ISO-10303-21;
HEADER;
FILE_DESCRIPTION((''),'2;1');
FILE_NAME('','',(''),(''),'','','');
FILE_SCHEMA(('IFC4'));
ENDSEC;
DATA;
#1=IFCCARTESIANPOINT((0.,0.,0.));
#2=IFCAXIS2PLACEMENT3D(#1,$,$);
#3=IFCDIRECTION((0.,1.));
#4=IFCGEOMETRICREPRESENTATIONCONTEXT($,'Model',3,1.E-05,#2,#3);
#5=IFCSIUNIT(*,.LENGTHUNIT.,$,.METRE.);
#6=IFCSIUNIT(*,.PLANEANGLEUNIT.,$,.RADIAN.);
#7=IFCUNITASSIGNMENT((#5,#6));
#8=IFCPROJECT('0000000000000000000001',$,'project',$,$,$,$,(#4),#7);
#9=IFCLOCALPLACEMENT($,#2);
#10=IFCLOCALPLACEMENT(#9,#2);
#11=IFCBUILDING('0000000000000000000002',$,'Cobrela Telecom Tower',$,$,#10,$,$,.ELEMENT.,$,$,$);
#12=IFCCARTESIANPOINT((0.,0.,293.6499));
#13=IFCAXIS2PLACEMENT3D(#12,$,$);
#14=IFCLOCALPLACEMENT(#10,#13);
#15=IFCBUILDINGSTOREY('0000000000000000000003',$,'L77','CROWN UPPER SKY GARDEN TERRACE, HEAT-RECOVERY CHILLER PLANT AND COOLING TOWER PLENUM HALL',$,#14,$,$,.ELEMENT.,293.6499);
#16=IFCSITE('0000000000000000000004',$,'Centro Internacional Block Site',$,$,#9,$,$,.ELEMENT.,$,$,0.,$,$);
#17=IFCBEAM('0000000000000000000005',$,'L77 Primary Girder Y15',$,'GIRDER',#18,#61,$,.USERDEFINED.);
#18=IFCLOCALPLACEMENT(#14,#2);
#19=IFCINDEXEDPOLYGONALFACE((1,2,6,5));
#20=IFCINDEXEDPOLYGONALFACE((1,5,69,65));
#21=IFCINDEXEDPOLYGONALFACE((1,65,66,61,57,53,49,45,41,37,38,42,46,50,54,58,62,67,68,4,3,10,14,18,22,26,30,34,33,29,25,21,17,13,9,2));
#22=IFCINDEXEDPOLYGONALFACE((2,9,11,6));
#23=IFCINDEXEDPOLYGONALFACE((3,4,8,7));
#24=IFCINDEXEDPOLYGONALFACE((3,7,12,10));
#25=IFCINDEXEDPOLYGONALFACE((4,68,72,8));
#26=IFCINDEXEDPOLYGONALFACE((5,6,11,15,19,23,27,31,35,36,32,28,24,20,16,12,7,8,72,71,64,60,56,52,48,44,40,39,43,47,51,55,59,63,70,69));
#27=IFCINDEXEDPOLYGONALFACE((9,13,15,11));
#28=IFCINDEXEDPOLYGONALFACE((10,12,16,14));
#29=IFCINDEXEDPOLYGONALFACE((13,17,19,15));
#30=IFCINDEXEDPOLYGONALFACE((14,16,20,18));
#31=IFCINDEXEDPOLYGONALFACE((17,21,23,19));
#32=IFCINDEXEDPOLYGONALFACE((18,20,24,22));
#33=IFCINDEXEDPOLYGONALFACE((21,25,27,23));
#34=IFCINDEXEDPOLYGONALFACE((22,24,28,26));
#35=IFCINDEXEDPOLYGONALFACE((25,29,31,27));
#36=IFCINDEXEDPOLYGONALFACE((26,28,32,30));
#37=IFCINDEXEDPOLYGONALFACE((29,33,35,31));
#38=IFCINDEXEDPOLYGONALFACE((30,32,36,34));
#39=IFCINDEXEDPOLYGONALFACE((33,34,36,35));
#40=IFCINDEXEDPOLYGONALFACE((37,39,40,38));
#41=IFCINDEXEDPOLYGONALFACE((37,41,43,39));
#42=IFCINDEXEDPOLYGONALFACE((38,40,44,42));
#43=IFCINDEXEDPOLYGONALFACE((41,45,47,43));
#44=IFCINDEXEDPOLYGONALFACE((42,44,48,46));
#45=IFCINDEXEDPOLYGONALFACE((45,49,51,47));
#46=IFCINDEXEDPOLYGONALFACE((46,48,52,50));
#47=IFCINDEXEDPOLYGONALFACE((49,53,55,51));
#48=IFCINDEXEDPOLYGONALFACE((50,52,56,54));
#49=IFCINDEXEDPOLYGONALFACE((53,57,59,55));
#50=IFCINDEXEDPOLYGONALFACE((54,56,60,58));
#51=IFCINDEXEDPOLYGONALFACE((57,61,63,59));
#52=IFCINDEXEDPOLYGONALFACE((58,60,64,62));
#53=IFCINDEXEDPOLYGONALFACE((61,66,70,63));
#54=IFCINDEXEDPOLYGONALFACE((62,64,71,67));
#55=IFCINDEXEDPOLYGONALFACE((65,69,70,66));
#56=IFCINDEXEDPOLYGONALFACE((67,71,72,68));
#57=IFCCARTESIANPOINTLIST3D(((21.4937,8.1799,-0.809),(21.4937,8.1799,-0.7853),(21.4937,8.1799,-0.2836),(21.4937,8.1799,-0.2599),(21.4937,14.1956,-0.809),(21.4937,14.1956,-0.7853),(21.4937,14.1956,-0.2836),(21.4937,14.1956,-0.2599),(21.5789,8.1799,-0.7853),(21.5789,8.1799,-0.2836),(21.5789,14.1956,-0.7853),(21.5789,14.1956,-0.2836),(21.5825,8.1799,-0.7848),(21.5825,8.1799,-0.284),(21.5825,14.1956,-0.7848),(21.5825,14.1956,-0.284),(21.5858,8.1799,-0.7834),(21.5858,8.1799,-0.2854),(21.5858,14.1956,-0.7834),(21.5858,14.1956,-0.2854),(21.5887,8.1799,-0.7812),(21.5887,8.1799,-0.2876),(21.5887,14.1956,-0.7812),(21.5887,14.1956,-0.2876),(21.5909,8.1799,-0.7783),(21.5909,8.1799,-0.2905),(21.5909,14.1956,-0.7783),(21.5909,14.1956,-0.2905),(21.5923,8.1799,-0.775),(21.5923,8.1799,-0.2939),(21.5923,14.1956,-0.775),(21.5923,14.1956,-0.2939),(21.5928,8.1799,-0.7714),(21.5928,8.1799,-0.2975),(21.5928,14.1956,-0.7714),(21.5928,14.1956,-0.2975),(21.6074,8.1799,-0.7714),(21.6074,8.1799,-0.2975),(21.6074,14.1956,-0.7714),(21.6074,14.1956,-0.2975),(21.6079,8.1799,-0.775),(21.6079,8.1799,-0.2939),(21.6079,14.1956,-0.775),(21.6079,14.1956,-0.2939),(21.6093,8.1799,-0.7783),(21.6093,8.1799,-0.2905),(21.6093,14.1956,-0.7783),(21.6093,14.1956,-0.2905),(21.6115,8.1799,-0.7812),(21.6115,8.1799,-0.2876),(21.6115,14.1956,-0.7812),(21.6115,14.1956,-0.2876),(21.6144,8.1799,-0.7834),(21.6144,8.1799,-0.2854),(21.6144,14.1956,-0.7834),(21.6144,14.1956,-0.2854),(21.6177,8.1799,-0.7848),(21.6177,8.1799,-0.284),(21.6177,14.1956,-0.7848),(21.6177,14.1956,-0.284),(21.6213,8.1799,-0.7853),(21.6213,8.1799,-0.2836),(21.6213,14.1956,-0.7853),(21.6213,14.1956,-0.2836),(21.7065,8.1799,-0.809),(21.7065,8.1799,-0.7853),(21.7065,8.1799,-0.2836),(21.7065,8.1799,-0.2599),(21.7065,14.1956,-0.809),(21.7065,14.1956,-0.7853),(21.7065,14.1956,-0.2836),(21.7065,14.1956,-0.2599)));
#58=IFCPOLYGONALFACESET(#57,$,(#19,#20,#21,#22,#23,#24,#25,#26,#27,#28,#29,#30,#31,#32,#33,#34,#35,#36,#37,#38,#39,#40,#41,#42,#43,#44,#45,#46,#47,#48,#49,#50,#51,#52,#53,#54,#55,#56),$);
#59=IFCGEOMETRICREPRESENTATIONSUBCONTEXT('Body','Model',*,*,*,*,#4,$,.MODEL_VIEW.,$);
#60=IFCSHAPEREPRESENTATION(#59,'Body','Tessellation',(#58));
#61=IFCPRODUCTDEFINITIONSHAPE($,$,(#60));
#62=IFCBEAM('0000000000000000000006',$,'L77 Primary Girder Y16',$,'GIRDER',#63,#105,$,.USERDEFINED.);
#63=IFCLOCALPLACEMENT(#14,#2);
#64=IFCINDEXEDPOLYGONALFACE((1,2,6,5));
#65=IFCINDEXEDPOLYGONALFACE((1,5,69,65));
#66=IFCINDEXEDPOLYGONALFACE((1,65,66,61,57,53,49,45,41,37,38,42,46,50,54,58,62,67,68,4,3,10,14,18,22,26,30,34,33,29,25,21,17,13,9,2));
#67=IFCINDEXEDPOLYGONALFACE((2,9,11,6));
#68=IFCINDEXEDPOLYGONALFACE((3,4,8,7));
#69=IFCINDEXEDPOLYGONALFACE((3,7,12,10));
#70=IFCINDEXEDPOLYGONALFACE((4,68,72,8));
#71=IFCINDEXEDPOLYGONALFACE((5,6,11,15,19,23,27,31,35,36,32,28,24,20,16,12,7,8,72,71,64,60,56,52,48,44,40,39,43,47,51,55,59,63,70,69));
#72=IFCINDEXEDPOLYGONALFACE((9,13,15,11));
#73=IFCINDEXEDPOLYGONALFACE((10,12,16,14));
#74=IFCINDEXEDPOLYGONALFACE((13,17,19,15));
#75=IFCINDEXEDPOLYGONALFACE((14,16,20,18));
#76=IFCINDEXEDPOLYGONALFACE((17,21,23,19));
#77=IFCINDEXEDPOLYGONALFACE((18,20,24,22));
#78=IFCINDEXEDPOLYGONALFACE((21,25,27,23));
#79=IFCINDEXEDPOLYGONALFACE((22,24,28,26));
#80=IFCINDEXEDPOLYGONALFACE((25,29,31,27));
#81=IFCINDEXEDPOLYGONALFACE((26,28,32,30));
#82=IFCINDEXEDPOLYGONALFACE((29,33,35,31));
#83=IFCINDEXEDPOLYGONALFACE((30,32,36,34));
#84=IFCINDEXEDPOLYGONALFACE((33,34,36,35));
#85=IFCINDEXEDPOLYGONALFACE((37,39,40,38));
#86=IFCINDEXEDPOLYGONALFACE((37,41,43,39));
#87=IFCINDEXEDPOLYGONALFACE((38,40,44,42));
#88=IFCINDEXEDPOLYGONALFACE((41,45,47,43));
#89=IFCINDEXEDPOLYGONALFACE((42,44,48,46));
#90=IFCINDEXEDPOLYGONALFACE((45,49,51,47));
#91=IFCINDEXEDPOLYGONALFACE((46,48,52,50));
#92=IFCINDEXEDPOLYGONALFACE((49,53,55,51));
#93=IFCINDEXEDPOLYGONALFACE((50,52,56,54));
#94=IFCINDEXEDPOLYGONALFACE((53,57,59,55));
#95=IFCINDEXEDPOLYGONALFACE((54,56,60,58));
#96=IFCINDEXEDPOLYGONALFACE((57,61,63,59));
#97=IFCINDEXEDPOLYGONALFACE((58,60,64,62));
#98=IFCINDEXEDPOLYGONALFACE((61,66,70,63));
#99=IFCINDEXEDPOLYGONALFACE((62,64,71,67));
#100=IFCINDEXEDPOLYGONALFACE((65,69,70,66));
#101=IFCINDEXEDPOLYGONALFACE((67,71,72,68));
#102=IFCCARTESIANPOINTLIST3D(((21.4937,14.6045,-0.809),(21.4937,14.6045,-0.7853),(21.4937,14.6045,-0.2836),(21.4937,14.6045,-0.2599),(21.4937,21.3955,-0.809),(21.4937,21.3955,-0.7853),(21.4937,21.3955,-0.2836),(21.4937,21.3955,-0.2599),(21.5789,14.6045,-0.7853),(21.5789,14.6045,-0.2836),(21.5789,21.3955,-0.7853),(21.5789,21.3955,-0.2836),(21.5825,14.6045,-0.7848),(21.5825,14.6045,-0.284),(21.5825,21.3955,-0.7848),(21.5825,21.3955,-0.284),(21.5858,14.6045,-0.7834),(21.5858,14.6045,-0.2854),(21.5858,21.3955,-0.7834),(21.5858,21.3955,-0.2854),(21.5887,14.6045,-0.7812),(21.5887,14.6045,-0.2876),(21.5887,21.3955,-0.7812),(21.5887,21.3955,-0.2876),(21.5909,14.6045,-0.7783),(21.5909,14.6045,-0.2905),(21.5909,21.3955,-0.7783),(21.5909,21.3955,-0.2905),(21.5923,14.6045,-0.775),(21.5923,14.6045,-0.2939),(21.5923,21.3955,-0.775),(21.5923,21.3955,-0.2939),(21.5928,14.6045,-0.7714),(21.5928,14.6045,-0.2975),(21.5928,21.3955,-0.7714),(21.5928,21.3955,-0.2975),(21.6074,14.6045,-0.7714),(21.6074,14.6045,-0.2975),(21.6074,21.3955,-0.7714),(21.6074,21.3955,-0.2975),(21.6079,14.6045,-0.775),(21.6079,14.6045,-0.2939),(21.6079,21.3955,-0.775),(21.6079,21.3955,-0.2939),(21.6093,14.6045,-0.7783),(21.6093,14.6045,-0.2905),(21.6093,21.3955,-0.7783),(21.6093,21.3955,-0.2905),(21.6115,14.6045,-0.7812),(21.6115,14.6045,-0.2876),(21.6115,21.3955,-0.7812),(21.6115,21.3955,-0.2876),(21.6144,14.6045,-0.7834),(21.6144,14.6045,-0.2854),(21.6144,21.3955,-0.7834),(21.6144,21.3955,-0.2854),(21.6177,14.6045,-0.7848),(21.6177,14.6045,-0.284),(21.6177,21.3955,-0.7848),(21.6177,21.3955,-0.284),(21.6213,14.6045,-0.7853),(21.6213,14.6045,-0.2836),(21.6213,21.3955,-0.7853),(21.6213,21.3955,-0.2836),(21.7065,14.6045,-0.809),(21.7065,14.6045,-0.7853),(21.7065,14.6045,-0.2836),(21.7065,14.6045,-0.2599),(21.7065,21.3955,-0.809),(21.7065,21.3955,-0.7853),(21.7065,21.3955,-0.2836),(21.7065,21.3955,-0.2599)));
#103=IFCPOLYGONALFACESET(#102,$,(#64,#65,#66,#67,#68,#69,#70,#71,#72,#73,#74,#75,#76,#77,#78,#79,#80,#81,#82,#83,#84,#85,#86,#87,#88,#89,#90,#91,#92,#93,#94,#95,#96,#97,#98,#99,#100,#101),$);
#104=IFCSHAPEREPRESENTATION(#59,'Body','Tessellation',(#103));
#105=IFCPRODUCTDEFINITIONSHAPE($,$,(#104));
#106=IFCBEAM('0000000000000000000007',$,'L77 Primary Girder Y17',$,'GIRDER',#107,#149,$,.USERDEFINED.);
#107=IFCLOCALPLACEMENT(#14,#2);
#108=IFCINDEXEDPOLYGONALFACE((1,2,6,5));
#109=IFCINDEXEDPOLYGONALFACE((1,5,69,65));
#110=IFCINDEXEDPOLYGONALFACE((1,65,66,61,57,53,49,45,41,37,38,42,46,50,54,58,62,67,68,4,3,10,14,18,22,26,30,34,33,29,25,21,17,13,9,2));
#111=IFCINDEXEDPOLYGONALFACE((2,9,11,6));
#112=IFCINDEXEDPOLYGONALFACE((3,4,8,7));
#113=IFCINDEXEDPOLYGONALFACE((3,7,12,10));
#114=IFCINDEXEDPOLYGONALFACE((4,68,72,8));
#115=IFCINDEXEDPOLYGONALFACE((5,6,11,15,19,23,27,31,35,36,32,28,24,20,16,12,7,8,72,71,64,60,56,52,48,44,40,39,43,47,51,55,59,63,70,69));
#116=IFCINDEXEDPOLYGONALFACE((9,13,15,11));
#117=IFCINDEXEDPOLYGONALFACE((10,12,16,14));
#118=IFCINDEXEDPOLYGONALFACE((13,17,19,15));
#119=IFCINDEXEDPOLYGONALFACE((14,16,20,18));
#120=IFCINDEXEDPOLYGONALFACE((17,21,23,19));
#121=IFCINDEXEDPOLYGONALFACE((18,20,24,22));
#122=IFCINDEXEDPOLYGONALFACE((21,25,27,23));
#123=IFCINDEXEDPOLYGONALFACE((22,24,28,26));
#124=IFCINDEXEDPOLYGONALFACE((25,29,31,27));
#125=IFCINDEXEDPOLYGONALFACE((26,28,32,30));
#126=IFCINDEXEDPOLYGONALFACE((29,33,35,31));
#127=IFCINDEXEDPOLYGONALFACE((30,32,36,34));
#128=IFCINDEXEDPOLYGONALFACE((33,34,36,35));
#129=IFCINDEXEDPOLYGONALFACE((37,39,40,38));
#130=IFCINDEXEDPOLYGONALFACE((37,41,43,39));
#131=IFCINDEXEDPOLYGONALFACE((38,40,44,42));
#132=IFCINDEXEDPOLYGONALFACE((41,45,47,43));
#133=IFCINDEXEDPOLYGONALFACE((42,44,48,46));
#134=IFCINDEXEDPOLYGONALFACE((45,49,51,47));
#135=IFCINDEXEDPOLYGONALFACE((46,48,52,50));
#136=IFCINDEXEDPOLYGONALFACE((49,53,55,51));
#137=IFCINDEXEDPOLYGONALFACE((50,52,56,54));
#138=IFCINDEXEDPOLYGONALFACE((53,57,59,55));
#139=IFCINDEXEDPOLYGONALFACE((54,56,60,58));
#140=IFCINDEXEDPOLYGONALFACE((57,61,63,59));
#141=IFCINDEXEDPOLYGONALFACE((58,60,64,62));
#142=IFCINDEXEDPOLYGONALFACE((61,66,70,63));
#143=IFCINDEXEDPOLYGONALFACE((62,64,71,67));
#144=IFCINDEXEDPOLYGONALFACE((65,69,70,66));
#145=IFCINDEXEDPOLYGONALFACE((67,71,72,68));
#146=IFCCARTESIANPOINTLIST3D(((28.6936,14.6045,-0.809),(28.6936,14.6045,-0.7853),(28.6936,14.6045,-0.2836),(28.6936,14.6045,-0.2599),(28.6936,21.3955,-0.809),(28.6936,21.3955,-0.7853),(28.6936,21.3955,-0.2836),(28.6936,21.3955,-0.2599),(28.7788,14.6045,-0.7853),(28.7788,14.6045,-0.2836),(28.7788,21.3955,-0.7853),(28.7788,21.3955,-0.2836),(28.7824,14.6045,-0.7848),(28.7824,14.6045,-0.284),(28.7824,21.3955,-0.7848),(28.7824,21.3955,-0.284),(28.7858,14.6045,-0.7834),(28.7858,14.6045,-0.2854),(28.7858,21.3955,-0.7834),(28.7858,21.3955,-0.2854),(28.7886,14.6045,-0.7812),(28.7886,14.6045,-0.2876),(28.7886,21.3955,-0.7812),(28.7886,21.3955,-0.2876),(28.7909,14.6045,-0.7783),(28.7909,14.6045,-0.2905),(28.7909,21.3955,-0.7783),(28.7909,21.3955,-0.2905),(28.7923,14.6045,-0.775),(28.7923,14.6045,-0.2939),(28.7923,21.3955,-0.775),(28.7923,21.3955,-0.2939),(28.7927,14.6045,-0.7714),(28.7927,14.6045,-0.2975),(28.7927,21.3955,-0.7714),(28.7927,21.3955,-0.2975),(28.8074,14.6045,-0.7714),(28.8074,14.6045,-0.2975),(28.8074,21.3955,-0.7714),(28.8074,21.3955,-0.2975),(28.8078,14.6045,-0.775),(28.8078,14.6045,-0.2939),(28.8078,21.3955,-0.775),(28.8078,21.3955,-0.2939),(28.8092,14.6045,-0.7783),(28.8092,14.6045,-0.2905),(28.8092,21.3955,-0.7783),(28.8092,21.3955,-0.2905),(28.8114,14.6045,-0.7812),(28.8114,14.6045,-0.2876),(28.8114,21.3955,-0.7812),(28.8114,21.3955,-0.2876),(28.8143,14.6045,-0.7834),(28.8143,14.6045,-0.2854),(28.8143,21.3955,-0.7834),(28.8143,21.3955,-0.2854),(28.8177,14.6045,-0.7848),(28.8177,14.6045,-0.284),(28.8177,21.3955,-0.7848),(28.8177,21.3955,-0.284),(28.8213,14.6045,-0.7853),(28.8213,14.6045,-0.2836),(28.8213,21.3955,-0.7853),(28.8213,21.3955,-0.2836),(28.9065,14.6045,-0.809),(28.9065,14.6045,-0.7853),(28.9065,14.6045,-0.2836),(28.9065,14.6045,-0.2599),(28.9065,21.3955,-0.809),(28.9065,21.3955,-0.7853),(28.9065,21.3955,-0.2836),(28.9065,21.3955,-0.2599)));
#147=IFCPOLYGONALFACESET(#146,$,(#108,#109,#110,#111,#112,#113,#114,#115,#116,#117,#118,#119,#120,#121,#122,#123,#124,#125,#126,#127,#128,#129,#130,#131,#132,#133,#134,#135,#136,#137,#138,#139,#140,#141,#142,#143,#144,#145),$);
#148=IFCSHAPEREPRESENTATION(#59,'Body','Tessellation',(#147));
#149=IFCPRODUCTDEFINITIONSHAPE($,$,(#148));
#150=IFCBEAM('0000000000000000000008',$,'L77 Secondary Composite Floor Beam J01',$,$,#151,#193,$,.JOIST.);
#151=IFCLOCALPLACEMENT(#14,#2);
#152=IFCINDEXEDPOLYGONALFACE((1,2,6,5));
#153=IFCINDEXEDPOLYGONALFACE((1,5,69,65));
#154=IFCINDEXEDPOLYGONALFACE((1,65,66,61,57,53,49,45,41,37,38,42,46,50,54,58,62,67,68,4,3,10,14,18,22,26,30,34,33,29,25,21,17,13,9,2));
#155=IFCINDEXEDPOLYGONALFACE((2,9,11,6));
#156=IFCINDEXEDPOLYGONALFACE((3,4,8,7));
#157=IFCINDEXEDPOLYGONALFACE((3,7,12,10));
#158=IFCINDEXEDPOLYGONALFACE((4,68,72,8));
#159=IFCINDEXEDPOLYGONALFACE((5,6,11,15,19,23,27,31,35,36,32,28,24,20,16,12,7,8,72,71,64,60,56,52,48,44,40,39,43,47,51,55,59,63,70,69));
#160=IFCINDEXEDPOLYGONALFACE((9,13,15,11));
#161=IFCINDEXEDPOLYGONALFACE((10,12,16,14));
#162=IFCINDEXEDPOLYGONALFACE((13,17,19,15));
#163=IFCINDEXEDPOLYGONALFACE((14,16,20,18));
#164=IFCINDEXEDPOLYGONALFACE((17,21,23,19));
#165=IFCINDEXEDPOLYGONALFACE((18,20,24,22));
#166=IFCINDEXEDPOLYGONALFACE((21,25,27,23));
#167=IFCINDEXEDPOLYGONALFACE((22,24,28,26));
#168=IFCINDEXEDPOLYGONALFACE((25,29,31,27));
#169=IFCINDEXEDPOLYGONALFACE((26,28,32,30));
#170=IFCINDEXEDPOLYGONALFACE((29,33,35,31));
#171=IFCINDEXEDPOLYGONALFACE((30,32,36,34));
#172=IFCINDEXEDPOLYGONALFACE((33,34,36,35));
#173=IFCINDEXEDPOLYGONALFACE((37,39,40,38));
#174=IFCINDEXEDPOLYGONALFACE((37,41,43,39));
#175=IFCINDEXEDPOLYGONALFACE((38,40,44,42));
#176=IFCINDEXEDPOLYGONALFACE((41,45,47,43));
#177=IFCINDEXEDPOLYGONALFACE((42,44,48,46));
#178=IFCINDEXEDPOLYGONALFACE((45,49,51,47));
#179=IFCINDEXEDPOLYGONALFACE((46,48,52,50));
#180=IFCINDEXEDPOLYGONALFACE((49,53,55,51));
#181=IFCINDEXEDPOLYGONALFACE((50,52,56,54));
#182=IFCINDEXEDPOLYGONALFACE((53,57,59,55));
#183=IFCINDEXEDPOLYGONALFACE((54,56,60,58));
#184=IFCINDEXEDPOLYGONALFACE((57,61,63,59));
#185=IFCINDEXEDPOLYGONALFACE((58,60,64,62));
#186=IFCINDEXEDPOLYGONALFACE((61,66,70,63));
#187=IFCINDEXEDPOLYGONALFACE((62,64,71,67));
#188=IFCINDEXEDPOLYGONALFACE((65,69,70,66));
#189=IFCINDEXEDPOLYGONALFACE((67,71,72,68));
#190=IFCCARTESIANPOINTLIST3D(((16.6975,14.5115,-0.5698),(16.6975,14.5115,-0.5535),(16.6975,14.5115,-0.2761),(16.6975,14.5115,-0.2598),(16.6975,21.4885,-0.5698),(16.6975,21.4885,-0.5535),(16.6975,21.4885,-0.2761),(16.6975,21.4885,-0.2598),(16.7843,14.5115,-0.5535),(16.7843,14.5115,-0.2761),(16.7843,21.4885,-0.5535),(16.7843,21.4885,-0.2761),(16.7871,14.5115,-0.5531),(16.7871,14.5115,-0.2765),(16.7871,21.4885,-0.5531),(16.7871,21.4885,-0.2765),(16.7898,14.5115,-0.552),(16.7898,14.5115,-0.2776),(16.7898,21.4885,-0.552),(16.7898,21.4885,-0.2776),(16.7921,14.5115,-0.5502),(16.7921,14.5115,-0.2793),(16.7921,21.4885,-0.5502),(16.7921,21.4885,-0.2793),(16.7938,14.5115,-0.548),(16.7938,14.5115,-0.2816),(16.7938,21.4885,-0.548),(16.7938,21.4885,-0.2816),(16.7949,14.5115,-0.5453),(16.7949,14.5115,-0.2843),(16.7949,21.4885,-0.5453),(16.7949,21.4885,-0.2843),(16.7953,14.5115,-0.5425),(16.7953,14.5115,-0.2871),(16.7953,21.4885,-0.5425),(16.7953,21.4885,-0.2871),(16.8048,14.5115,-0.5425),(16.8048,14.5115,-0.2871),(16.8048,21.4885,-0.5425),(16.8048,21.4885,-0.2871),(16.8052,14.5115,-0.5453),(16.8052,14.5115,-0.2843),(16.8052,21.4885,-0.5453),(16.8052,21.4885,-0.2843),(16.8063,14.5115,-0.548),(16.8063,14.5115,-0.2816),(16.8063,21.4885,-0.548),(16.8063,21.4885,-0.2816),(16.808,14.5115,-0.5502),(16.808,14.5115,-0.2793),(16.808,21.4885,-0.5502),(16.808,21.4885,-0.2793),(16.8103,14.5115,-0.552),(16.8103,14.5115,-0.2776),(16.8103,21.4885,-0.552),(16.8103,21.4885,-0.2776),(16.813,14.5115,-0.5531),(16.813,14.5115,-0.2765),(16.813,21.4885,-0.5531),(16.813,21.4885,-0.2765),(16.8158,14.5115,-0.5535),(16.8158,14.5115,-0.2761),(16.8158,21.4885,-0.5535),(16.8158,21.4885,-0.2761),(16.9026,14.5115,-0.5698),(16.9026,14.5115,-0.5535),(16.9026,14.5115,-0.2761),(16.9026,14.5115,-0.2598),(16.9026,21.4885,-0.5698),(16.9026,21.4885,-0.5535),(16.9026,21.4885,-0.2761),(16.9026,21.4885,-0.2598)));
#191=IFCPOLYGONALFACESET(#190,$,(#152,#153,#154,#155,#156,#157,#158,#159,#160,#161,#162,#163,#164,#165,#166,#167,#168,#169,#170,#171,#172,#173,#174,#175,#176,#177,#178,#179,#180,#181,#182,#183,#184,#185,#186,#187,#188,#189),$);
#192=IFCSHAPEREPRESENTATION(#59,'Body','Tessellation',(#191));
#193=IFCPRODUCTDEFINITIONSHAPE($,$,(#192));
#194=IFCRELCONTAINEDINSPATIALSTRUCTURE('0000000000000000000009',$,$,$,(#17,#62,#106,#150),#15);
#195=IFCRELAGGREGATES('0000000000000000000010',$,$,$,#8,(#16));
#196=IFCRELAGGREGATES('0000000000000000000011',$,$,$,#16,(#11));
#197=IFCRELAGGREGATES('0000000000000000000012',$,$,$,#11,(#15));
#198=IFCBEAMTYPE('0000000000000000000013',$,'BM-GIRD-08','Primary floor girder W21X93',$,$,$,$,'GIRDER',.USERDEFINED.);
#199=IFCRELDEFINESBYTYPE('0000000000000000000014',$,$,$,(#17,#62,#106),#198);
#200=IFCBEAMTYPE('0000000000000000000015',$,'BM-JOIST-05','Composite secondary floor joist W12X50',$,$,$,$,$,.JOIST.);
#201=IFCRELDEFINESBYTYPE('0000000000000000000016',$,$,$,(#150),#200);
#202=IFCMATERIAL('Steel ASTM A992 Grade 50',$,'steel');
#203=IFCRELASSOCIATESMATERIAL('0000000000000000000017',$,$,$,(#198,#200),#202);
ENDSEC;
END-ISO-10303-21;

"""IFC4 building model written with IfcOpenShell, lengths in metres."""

from ifc_helpers import new_model, si_unit, direction, frame, origin, origin_2d, place, context, subcontext, project, spatial, i_section, extrude, material, material_profile, profile_set, type_object, element, save


model = new_model("IFC4")

# Units and contexts
model_context = context("Model", 3, precision=1e-05, world=origin(), true_north=direction((0.0, 1.0)))
body_context = subcontext(model_context, "Body", "Model", "MODEL_VIEW")
ifc_project = project(units=[si_unit("LENGTHUNIT", "METRE"), si_unit("PLANEANGLEUNIT", "RADIAN")], contexts=[model_context])

# Site, building, storey
site_placement = place(None, origin())
site = spatial("IfcSite", under=ifc_project, at=site_placement, Name="Centro Internacional Block Site", CompositionType="ELEMENT", RefElevation=0.0)
building_placement = place(site_placement, origin())
building = spatial("IfcBuilding", under=site, at=building_placement, Name="Cobrela Telecom Tower", CompositionType="ELEMENT")
storey_placement = place(building_placement, frame((0.0, 0.0, 293.6499)))
storey = spatial("IfcBuildingStorey", under=building, at=storey_placement, Name="L77", Description="CROWN UPPER SKY GARDEN TERRACE, HEAT-RECOVERY CHILLER PLANT AND COOLING TOWER PLENUM HALL", CompositionType="ELEMENT", Elevation=293.6499)

# Shared definitions
ifc_material_1 = material(Name="Steel ASTM A992 Grade 50", Category="steel")

# Beams
ifc_material_profile_1 = material_profile(ifc_material_1, i_section(OverallWidth=0.2129, OverallDepth=0.5491, WebThickness=0.0146, FlangeThickness=0.0237, FilletRadius=0.0139, at=origin_2d()), Name="W21X93")
ifc_profile_set_1 = profile_set([ifc_material_profile_1], Name="Steel ASTM A992 Grade 50")
beam_type_1 = type_object("IfcBeamType", Name="BM-GIRD-08", Description="Primary floor girder W21X93", ElementType="GIRDER", PredefinedType="USERDEFINED", material=ifc_profile_set_1)
beam_1_placement = place(storey_placement, frame((21.6001, 8.1799, -0.5344), z_axis=(0.0, 1.0, 0.0), x_axis=(-1.0, 0.0, 0.0)))
element("IfcBeam", 1, at=beam_1_placement, inside=storey, type_object=beam_type_1, Name="L77 Primary Girder Y15", ObjectType="GIRDER", PredefinedType="USERDEFINED", context=body_context, shape_type="SweptSolid", body=[
    extrude(i_section(OverallWidth=0.2129, OverallDepth=0.5491, WebThickness=0.0146, FlangeThickness=0.0237, FilletRadius=0.0139, at=origin_2d()), origin(), (0.0, 0.0, 1.0), 6.0156),
])
for number, where, z_axis, x_axis, name in (
    (2, (21.6001, 14.6045, -0.5344), (0.0, 1.0, 0.0), (-1.0, 0.0, 0.0), "L77 Primary Girder Y16"),
    (3, (28.8, 14.6045, -0.5344), (0.0, 1.0, 0.0), (-1.0, 0.0, 0.0), "L77 Primary Girder Y17"),
):
    element("IfcBeam", number, at=place(storey_placement, frame(where, z_axis=z_axis, x_axis=x_axis)), inside=storey, type_object=beam_type_1, Name=name, ObjectType="GIRDER", PredefinedType="USERDEFINED", context=body_context, shape_type="SweptSolid", body=[
        extrude(i_section(OverallWidth=0.2129, OverallDepth=0.5491, WebThickness=0.0146, FlangeThickness=0.0237, FilletRadius=0.0139, at=origin_2d()), origin(), (0.0, 0.0, 1.0), 6.791),
    ])
ifc_material_profile_2 = material_profile(ifc_material_1, i_section(OverallWidth=0.2051, OverallDepth=0.3101, WebThickness=0.0095, FlangeThickness=0.0164, FilletRadius=0.011, at=origin_2d()), Name="W12X50")
ifc_profile_set_2 = profile_set([ifc_material_profile_2], Name="Steel ASTM A992 Grade 50")
beam_type_2 = type_object("IfcBeamType", Name="BM-JOIST-05", Description="Composite secondary floor joist W12X50", PredefinedType="JOIST", material=ifc_profile_set_2)
for number, where, z_axis, x_axis, name in (
    (4, (16.8, 14.5115, -0.4148), (0.0, 1.0, 0.0), (-1.0, 0.0, 0.0), "L77 Secondary Composite Floor Beam J01"),
):
    element("IfcBeam", number, at=place(storey_placement, frame(where, z_axis=z_axis, x_axis=x_axis)), inside=storey, type_object=beam_type_2, Name=name, PredefinedType="JOIST", context=body_context, shape_type="SweptSolid", body=[
        extrude(i_section(OverallWidth=0.2051, OverallDepth=0.3101, WebThickness=0.0095, FlangeThickness=0.0164, FilletRadius=0.011, at=origin_2d()), origin(), (0.0, 0.0, 1.0), 6.9771),
    ])

save(model, "model.ifc")
